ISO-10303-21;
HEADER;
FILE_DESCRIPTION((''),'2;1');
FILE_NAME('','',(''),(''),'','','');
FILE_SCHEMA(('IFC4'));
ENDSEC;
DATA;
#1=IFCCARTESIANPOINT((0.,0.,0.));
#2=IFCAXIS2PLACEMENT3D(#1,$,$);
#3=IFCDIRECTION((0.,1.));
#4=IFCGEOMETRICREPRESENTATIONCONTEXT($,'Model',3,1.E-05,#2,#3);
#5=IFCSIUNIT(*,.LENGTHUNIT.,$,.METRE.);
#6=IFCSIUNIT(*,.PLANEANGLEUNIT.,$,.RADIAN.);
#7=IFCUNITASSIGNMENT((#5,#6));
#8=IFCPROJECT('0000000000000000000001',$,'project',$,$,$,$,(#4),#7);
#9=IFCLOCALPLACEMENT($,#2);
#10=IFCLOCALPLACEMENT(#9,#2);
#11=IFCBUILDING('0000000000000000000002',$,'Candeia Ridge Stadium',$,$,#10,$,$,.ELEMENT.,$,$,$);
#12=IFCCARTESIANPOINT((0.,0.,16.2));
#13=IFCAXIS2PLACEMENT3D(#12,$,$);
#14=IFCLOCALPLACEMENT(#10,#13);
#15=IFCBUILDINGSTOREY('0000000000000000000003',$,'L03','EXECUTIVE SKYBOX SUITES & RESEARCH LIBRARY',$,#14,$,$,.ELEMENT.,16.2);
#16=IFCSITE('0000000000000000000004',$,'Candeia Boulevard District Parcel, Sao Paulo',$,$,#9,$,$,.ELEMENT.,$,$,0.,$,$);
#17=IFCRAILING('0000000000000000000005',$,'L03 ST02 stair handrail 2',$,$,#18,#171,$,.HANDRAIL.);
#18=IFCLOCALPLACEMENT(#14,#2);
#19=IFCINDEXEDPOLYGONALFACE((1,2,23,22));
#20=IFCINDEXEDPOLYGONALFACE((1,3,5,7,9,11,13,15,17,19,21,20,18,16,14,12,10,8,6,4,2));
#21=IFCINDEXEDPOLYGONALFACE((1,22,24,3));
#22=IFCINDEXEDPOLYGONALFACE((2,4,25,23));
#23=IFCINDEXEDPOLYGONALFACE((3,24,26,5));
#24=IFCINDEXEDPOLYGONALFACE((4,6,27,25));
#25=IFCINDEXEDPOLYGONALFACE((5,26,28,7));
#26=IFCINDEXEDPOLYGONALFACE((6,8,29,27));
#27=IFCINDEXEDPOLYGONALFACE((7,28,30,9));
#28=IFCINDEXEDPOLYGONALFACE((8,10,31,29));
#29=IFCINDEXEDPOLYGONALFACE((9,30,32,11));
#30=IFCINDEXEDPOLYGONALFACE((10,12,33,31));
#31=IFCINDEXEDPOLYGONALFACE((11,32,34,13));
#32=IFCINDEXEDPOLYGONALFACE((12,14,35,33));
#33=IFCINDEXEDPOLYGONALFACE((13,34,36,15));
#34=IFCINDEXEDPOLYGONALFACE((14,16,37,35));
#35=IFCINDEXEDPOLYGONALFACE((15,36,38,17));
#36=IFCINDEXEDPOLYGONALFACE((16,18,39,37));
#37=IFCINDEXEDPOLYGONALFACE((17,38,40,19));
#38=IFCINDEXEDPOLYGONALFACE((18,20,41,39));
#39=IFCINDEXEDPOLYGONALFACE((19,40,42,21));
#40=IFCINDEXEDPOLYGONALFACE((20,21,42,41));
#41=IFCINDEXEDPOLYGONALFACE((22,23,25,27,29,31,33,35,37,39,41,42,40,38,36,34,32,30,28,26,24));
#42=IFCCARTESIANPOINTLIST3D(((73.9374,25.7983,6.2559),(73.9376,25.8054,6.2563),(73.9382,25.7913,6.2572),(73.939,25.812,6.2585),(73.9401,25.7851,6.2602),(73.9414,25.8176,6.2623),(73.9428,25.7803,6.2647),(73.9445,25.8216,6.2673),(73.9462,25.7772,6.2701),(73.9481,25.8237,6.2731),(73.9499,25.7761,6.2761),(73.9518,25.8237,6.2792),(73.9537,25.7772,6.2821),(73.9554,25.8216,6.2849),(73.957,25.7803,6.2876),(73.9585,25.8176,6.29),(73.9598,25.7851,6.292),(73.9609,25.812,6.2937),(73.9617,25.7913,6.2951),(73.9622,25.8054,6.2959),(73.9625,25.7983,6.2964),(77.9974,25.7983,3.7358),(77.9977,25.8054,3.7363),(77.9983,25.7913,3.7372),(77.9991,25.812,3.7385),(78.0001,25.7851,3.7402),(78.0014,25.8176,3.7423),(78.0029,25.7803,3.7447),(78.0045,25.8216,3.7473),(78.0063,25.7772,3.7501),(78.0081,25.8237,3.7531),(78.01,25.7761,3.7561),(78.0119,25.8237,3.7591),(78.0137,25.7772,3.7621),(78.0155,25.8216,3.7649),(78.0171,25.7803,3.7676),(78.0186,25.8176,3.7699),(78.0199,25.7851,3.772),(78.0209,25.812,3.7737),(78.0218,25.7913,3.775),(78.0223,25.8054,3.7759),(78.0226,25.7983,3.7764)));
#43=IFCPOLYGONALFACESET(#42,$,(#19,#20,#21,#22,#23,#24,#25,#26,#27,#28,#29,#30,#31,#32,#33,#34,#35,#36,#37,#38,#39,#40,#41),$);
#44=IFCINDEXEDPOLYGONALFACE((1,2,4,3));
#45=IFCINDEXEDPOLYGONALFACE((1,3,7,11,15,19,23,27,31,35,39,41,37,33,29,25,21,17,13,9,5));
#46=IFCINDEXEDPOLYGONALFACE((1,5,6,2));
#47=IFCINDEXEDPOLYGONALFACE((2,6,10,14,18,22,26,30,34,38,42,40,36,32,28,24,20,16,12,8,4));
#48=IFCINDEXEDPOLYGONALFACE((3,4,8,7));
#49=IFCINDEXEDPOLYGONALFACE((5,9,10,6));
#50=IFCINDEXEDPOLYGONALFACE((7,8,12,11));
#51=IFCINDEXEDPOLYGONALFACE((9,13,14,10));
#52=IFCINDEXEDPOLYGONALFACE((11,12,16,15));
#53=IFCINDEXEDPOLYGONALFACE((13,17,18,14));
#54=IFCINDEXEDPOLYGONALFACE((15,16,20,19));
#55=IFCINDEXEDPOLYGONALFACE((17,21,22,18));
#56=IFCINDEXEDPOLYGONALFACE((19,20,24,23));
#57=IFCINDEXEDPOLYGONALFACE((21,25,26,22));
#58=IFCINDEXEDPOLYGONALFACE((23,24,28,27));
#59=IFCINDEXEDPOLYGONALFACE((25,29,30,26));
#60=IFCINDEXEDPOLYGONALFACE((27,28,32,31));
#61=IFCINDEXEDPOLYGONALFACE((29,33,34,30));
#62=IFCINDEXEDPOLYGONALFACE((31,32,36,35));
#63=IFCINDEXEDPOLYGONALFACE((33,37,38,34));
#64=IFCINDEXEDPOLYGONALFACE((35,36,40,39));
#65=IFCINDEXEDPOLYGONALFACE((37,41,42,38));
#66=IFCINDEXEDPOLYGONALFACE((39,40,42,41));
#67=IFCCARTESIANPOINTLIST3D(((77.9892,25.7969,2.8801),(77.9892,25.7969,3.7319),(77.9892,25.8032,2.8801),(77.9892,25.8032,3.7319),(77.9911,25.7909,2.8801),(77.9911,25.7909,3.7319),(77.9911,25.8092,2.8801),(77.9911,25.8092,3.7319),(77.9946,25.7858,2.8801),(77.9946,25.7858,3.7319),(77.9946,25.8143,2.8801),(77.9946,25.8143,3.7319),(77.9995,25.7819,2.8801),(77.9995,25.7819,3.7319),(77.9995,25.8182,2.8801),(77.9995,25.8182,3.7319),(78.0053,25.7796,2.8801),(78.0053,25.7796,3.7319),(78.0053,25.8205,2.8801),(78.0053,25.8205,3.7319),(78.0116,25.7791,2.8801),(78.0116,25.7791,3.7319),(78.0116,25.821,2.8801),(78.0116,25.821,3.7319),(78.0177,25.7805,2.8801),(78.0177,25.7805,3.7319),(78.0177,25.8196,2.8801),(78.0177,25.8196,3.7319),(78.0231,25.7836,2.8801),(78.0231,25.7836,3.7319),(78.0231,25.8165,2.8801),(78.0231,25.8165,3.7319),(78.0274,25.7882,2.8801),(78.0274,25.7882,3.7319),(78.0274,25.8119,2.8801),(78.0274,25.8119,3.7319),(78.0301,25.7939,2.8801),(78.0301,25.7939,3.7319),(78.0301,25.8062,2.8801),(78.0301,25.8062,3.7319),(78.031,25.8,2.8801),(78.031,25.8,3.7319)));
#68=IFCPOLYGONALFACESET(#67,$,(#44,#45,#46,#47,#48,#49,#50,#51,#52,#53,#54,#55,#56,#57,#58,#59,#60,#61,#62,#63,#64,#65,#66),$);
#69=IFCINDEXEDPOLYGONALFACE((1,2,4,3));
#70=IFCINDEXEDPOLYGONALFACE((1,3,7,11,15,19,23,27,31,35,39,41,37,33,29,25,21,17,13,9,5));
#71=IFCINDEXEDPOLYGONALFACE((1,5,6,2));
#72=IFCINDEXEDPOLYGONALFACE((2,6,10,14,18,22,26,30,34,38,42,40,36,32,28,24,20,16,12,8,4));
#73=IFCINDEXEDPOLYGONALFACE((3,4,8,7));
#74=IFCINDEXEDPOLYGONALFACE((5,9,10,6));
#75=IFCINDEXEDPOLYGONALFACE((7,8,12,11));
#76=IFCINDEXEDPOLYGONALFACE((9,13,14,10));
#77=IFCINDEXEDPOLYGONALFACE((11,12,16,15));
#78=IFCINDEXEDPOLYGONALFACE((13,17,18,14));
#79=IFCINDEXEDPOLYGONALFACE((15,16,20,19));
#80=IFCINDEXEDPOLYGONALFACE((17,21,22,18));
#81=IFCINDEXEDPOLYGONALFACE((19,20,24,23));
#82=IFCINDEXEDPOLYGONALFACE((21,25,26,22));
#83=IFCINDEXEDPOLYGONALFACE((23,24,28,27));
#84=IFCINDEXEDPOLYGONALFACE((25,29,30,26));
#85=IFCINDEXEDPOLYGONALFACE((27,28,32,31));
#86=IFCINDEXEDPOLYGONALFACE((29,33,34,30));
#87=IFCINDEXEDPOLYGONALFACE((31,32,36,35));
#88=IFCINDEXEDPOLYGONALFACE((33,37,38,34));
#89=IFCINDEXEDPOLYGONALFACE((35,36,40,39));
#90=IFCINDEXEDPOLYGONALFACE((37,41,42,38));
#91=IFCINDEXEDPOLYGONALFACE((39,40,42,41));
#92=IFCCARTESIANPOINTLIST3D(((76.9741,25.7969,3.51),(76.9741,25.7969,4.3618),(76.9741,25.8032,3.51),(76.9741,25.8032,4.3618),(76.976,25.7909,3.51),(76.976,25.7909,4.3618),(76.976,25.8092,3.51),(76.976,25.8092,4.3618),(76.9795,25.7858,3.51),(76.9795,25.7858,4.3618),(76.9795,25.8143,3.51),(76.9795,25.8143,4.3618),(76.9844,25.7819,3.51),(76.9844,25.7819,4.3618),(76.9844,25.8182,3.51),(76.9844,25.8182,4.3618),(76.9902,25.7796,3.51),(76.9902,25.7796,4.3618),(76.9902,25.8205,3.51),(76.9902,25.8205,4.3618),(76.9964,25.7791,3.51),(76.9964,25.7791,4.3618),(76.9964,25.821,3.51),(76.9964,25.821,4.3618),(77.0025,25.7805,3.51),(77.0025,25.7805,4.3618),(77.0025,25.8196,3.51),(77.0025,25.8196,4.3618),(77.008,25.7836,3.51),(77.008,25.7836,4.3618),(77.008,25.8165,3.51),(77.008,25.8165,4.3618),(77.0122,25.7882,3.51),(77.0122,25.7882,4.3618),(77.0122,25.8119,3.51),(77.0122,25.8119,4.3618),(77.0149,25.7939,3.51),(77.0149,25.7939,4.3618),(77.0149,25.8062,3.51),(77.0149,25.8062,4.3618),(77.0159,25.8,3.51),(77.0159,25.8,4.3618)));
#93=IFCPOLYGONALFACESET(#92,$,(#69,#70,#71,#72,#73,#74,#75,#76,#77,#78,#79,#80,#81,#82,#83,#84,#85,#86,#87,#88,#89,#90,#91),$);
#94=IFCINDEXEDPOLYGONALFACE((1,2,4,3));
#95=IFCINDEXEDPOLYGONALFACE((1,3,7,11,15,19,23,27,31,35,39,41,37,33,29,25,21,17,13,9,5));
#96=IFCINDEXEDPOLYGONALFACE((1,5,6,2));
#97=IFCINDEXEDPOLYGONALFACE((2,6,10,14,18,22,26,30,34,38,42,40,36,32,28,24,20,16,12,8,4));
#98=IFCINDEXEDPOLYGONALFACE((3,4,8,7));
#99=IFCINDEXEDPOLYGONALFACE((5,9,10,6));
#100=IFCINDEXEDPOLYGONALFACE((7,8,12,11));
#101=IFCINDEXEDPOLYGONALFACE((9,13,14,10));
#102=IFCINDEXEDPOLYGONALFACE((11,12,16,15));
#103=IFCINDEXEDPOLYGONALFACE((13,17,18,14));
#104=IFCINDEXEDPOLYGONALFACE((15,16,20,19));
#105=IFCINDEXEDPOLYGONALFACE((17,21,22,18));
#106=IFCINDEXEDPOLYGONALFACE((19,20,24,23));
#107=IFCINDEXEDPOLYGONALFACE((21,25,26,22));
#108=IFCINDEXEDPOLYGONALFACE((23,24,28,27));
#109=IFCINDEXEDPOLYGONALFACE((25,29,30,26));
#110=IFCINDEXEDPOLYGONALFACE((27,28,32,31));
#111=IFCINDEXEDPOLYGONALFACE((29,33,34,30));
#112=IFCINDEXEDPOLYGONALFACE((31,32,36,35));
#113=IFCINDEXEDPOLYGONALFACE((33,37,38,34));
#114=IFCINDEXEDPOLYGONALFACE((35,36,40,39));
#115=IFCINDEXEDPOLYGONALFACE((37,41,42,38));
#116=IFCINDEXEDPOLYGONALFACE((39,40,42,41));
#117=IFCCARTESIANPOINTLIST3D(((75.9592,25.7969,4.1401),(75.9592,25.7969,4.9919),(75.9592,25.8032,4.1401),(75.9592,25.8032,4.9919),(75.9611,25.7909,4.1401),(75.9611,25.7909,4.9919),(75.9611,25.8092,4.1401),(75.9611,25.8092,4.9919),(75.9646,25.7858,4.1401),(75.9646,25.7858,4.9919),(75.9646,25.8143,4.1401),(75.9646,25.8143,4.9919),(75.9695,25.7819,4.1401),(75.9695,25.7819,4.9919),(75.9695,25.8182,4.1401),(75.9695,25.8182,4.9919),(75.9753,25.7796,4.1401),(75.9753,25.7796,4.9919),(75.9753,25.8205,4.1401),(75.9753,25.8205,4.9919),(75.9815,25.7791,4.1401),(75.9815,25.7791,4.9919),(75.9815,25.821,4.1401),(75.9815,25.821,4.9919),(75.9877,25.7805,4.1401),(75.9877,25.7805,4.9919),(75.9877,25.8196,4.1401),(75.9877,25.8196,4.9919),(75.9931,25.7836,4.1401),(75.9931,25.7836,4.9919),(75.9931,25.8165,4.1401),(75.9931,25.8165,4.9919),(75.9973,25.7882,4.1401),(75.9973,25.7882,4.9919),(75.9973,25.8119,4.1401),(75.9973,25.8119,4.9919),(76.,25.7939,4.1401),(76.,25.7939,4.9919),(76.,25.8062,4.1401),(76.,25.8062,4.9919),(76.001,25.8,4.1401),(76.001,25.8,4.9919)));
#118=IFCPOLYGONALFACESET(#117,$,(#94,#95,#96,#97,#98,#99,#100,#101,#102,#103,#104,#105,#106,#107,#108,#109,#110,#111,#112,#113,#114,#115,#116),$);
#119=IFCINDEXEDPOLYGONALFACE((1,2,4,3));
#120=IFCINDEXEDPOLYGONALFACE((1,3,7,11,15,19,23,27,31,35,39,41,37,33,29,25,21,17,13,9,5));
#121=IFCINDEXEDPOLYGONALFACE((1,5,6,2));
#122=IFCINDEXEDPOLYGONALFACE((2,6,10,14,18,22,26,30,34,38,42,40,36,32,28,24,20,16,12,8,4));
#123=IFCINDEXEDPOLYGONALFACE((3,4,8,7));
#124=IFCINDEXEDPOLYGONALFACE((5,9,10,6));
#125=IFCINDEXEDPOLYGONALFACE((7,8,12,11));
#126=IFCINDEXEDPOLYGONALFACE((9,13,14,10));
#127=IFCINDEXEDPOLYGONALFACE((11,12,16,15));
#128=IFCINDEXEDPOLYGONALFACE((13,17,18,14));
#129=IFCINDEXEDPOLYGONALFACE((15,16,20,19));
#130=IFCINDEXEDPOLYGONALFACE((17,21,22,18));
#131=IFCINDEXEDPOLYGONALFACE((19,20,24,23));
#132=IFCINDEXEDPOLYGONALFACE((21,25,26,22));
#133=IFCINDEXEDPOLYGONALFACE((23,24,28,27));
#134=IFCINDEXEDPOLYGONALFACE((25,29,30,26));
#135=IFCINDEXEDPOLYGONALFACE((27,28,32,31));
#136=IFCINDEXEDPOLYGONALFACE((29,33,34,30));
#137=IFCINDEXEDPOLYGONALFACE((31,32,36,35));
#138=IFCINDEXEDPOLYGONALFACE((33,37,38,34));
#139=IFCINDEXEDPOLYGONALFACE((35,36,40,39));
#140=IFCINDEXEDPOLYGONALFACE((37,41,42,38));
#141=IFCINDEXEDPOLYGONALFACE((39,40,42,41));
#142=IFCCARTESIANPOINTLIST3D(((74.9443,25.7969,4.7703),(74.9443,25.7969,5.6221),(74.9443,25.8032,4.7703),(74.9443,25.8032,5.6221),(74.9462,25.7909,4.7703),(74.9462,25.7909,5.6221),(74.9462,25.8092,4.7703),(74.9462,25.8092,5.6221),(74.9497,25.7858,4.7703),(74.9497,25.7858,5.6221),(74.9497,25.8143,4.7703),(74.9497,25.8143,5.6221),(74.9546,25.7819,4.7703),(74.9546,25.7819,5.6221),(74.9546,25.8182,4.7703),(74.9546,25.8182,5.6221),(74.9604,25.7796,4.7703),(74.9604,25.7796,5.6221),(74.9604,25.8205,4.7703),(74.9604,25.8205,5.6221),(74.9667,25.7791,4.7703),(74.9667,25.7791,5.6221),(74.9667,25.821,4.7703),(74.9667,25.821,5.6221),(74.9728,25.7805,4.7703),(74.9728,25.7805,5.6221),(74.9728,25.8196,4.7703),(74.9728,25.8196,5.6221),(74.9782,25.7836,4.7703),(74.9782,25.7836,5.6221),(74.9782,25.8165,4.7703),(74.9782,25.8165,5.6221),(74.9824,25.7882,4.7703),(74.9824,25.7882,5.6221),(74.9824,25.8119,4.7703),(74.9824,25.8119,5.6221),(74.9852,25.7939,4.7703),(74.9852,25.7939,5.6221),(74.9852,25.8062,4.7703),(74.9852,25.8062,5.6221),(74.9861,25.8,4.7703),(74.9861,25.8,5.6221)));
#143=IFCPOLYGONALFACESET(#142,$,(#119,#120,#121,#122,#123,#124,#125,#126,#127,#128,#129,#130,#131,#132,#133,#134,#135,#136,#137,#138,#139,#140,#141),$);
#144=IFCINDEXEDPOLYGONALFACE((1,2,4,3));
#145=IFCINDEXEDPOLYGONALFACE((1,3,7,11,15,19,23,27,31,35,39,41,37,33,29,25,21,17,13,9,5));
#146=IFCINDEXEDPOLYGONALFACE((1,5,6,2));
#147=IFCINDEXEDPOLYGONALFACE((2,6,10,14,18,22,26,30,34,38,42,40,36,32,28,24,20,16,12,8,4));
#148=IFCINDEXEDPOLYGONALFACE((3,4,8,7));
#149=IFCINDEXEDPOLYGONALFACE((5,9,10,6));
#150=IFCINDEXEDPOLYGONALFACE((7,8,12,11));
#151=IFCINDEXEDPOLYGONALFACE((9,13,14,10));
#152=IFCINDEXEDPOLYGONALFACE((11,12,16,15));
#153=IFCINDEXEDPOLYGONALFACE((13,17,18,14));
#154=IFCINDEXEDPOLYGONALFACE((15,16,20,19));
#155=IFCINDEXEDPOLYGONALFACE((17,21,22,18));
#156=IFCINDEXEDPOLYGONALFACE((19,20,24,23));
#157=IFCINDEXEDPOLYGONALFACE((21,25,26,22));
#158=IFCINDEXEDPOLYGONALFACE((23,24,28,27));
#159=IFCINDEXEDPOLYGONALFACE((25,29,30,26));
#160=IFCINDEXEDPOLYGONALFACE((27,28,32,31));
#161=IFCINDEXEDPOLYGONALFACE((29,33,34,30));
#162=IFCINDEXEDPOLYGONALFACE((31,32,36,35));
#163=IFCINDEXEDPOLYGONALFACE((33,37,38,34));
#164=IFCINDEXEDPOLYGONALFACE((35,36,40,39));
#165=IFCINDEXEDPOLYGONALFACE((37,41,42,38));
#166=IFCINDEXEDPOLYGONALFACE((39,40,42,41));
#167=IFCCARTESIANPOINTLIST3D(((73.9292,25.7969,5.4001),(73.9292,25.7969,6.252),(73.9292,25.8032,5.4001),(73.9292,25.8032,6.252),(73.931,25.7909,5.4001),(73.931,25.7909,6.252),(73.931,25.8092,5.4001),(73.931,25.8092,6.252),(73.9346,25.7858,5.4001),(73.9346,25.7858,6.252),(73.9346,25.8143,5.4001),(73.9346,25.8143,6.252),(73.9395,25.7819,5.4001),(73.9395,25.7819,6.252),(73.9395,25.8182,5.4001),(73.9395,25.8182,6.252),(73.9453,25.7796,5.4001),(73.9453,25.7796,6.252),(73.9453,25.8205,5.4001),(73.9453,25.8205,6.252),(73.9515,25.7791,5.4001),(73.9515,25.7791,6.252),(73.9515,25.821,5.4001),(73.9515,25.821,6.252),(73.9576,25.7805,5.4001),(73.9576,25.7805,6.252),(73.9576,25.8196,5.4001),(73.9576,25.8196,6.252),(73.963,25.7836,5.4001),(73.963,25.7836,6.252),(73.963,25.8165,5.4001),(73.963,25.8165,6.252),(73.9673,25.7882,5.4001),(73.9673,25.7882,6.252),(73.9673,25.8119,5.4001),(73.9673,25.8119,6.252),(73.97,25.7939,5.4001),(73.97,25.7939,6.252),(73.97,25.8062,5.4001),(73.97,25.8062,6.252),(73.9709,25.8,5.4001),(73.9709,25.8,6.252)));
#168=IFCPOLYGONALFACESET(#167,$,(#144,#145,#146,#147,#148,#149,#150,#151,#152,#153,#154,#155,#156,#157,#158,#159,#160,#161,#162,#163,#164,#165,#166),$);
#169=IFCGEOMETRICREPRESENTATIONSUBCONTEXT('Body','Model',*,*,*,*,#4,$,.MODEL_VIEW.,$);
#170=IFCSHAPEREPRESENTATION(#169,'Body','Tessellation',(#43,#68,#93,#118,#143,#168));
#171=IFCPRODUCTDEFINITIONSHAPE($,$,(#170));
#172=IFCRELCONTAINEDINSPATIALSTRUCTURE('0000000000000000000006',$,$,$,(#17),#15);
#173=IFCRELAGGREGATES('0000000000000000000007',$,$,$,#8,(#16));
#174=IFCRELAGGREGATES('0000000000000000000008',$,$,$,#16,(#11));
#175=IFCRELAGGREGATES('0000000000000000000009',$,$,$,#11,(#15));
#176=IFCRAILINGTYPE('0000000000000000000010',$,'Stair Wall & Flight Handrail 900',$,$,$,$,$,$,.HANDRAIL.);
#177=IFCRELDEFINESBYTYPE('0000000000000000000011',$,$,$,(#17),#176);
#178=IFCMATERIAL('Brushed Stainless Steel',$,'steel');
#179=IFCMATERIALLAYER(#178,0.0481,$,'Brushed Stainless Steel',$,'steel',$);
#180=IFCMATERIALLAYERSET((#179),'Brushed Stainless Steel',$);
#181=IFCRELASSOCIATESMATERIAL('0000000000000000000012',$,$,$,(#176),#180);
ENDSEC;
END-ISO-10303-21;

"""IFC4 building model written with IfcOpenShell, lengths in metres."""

from ifc_helpers import new_model, si_unit, direction, frame, origin, origin_2d, place, context, subcontext, project, spatial, circle, extrude, material, layer, layer_set, type_object, element, save


model = new_model("IFC4")

# Units and contexts
model_context = context("Model", 3, precision=1e-05, world=origin(), true_north=direction((0.0, 1.0)))
body_context = subcontext(model_context, "Body", "Model", "MODEL_VIEW")
ifc_project = project(units=[si_unit("LENGTHUNIT", "METRE"), si_unit("PLANEANGLEUNIT", "RADIAN")], contexts=[model_context])

# Site, building, storey
site_placement = place(None, origin())
site = spatial("IfcSite", under=ifc_project, at=site_placement, Name="Candeia Boulevard District Parcel, Sao Paulo", CompositionType="ELEMENT", RefElevation=0.0)
building_placement = place(site_placement, origin())
building = spatial("IfcBuilding", under=site, at=building_placement, Name="Candeia Ridge Stadium", CompositionType="ELEMENT")
storey_placement = place(building_placement, frame((0.0, 0.0, 16.2)))
storey = spatial("IfcBuildingStorey", under=building, at=storey_placement, Name="L03", Description="EXECUTIVE SKYBOX SUITES & RESEARCH LIBRARY", CompositionType="ELEMENT", Elevation=16.2)

# Railing
ifc_material_1 = material(Name="Brushed Stainless Steel", Category="steel")
ifc_layer_1 = layer(ifc_material_1, 0.0481, Name="Brushed Stainless Steel", Category="steel")
ifc_layer_set_1 = layer_set([ifc_layer_1], Name="Brushed Stainless Steel")
railing_type_1 = type_object("IfcRailingType", Name="Stair Wall & Flight Handrail 900", PredefinedType="HANDRAIL", material=ifc_layer_set_1)
railing_1_placement = place(storey_placement, frame((78.01, 25.8, 2.8801)))
element("IfcRailing", 1, at=railing_1_placement, inside=storey, type_object=railing_type_1, Name="L03 ST02 stair handrail 2", PredefinedType="HANDRAIL", context=body_context, shape_type="SweptSolid", body=[
    extrude(circle(Radius=0.0239, at=origin_2d()), frame((0.0, 0.0, 0.876), z_axis=(-0.849642, 0.0, 0.52736), x_axis=(0.0, -1.0, 0.0)), (0.0, 0.0, 1.0), 4.7786),
    extrude(circle(Radius=0.021, at=origin_2d()), origin(), (0.0, 0.0, 1.0), 0.8518),
    extrude(circle(Radius=0.021, at=origin_2d()), frame((-1.0151, 0.0, 0.6299)), (0.0, 0.0, 1.0), 0.8518),
    extrude(circle(Radius=0.021, at=origin_2d()), frame((-2.03, 0.0, 1.26)), (0.0, 0.0, 1.0), 0.8518),
    extrude(circle(Radius=0.021, at=origin_2d()), frame((-3.0449, 0.0, 1.8901)), (0.0, 0.0, 1.0), 0.8518),
    extrude(circle(Radius=0.021, at=origin_2d()), frame((-4.0601, 0.0, 2.52)), (0.0, 0.0, 1.0), 0.8518),
])

save(model, "model.ifc")
